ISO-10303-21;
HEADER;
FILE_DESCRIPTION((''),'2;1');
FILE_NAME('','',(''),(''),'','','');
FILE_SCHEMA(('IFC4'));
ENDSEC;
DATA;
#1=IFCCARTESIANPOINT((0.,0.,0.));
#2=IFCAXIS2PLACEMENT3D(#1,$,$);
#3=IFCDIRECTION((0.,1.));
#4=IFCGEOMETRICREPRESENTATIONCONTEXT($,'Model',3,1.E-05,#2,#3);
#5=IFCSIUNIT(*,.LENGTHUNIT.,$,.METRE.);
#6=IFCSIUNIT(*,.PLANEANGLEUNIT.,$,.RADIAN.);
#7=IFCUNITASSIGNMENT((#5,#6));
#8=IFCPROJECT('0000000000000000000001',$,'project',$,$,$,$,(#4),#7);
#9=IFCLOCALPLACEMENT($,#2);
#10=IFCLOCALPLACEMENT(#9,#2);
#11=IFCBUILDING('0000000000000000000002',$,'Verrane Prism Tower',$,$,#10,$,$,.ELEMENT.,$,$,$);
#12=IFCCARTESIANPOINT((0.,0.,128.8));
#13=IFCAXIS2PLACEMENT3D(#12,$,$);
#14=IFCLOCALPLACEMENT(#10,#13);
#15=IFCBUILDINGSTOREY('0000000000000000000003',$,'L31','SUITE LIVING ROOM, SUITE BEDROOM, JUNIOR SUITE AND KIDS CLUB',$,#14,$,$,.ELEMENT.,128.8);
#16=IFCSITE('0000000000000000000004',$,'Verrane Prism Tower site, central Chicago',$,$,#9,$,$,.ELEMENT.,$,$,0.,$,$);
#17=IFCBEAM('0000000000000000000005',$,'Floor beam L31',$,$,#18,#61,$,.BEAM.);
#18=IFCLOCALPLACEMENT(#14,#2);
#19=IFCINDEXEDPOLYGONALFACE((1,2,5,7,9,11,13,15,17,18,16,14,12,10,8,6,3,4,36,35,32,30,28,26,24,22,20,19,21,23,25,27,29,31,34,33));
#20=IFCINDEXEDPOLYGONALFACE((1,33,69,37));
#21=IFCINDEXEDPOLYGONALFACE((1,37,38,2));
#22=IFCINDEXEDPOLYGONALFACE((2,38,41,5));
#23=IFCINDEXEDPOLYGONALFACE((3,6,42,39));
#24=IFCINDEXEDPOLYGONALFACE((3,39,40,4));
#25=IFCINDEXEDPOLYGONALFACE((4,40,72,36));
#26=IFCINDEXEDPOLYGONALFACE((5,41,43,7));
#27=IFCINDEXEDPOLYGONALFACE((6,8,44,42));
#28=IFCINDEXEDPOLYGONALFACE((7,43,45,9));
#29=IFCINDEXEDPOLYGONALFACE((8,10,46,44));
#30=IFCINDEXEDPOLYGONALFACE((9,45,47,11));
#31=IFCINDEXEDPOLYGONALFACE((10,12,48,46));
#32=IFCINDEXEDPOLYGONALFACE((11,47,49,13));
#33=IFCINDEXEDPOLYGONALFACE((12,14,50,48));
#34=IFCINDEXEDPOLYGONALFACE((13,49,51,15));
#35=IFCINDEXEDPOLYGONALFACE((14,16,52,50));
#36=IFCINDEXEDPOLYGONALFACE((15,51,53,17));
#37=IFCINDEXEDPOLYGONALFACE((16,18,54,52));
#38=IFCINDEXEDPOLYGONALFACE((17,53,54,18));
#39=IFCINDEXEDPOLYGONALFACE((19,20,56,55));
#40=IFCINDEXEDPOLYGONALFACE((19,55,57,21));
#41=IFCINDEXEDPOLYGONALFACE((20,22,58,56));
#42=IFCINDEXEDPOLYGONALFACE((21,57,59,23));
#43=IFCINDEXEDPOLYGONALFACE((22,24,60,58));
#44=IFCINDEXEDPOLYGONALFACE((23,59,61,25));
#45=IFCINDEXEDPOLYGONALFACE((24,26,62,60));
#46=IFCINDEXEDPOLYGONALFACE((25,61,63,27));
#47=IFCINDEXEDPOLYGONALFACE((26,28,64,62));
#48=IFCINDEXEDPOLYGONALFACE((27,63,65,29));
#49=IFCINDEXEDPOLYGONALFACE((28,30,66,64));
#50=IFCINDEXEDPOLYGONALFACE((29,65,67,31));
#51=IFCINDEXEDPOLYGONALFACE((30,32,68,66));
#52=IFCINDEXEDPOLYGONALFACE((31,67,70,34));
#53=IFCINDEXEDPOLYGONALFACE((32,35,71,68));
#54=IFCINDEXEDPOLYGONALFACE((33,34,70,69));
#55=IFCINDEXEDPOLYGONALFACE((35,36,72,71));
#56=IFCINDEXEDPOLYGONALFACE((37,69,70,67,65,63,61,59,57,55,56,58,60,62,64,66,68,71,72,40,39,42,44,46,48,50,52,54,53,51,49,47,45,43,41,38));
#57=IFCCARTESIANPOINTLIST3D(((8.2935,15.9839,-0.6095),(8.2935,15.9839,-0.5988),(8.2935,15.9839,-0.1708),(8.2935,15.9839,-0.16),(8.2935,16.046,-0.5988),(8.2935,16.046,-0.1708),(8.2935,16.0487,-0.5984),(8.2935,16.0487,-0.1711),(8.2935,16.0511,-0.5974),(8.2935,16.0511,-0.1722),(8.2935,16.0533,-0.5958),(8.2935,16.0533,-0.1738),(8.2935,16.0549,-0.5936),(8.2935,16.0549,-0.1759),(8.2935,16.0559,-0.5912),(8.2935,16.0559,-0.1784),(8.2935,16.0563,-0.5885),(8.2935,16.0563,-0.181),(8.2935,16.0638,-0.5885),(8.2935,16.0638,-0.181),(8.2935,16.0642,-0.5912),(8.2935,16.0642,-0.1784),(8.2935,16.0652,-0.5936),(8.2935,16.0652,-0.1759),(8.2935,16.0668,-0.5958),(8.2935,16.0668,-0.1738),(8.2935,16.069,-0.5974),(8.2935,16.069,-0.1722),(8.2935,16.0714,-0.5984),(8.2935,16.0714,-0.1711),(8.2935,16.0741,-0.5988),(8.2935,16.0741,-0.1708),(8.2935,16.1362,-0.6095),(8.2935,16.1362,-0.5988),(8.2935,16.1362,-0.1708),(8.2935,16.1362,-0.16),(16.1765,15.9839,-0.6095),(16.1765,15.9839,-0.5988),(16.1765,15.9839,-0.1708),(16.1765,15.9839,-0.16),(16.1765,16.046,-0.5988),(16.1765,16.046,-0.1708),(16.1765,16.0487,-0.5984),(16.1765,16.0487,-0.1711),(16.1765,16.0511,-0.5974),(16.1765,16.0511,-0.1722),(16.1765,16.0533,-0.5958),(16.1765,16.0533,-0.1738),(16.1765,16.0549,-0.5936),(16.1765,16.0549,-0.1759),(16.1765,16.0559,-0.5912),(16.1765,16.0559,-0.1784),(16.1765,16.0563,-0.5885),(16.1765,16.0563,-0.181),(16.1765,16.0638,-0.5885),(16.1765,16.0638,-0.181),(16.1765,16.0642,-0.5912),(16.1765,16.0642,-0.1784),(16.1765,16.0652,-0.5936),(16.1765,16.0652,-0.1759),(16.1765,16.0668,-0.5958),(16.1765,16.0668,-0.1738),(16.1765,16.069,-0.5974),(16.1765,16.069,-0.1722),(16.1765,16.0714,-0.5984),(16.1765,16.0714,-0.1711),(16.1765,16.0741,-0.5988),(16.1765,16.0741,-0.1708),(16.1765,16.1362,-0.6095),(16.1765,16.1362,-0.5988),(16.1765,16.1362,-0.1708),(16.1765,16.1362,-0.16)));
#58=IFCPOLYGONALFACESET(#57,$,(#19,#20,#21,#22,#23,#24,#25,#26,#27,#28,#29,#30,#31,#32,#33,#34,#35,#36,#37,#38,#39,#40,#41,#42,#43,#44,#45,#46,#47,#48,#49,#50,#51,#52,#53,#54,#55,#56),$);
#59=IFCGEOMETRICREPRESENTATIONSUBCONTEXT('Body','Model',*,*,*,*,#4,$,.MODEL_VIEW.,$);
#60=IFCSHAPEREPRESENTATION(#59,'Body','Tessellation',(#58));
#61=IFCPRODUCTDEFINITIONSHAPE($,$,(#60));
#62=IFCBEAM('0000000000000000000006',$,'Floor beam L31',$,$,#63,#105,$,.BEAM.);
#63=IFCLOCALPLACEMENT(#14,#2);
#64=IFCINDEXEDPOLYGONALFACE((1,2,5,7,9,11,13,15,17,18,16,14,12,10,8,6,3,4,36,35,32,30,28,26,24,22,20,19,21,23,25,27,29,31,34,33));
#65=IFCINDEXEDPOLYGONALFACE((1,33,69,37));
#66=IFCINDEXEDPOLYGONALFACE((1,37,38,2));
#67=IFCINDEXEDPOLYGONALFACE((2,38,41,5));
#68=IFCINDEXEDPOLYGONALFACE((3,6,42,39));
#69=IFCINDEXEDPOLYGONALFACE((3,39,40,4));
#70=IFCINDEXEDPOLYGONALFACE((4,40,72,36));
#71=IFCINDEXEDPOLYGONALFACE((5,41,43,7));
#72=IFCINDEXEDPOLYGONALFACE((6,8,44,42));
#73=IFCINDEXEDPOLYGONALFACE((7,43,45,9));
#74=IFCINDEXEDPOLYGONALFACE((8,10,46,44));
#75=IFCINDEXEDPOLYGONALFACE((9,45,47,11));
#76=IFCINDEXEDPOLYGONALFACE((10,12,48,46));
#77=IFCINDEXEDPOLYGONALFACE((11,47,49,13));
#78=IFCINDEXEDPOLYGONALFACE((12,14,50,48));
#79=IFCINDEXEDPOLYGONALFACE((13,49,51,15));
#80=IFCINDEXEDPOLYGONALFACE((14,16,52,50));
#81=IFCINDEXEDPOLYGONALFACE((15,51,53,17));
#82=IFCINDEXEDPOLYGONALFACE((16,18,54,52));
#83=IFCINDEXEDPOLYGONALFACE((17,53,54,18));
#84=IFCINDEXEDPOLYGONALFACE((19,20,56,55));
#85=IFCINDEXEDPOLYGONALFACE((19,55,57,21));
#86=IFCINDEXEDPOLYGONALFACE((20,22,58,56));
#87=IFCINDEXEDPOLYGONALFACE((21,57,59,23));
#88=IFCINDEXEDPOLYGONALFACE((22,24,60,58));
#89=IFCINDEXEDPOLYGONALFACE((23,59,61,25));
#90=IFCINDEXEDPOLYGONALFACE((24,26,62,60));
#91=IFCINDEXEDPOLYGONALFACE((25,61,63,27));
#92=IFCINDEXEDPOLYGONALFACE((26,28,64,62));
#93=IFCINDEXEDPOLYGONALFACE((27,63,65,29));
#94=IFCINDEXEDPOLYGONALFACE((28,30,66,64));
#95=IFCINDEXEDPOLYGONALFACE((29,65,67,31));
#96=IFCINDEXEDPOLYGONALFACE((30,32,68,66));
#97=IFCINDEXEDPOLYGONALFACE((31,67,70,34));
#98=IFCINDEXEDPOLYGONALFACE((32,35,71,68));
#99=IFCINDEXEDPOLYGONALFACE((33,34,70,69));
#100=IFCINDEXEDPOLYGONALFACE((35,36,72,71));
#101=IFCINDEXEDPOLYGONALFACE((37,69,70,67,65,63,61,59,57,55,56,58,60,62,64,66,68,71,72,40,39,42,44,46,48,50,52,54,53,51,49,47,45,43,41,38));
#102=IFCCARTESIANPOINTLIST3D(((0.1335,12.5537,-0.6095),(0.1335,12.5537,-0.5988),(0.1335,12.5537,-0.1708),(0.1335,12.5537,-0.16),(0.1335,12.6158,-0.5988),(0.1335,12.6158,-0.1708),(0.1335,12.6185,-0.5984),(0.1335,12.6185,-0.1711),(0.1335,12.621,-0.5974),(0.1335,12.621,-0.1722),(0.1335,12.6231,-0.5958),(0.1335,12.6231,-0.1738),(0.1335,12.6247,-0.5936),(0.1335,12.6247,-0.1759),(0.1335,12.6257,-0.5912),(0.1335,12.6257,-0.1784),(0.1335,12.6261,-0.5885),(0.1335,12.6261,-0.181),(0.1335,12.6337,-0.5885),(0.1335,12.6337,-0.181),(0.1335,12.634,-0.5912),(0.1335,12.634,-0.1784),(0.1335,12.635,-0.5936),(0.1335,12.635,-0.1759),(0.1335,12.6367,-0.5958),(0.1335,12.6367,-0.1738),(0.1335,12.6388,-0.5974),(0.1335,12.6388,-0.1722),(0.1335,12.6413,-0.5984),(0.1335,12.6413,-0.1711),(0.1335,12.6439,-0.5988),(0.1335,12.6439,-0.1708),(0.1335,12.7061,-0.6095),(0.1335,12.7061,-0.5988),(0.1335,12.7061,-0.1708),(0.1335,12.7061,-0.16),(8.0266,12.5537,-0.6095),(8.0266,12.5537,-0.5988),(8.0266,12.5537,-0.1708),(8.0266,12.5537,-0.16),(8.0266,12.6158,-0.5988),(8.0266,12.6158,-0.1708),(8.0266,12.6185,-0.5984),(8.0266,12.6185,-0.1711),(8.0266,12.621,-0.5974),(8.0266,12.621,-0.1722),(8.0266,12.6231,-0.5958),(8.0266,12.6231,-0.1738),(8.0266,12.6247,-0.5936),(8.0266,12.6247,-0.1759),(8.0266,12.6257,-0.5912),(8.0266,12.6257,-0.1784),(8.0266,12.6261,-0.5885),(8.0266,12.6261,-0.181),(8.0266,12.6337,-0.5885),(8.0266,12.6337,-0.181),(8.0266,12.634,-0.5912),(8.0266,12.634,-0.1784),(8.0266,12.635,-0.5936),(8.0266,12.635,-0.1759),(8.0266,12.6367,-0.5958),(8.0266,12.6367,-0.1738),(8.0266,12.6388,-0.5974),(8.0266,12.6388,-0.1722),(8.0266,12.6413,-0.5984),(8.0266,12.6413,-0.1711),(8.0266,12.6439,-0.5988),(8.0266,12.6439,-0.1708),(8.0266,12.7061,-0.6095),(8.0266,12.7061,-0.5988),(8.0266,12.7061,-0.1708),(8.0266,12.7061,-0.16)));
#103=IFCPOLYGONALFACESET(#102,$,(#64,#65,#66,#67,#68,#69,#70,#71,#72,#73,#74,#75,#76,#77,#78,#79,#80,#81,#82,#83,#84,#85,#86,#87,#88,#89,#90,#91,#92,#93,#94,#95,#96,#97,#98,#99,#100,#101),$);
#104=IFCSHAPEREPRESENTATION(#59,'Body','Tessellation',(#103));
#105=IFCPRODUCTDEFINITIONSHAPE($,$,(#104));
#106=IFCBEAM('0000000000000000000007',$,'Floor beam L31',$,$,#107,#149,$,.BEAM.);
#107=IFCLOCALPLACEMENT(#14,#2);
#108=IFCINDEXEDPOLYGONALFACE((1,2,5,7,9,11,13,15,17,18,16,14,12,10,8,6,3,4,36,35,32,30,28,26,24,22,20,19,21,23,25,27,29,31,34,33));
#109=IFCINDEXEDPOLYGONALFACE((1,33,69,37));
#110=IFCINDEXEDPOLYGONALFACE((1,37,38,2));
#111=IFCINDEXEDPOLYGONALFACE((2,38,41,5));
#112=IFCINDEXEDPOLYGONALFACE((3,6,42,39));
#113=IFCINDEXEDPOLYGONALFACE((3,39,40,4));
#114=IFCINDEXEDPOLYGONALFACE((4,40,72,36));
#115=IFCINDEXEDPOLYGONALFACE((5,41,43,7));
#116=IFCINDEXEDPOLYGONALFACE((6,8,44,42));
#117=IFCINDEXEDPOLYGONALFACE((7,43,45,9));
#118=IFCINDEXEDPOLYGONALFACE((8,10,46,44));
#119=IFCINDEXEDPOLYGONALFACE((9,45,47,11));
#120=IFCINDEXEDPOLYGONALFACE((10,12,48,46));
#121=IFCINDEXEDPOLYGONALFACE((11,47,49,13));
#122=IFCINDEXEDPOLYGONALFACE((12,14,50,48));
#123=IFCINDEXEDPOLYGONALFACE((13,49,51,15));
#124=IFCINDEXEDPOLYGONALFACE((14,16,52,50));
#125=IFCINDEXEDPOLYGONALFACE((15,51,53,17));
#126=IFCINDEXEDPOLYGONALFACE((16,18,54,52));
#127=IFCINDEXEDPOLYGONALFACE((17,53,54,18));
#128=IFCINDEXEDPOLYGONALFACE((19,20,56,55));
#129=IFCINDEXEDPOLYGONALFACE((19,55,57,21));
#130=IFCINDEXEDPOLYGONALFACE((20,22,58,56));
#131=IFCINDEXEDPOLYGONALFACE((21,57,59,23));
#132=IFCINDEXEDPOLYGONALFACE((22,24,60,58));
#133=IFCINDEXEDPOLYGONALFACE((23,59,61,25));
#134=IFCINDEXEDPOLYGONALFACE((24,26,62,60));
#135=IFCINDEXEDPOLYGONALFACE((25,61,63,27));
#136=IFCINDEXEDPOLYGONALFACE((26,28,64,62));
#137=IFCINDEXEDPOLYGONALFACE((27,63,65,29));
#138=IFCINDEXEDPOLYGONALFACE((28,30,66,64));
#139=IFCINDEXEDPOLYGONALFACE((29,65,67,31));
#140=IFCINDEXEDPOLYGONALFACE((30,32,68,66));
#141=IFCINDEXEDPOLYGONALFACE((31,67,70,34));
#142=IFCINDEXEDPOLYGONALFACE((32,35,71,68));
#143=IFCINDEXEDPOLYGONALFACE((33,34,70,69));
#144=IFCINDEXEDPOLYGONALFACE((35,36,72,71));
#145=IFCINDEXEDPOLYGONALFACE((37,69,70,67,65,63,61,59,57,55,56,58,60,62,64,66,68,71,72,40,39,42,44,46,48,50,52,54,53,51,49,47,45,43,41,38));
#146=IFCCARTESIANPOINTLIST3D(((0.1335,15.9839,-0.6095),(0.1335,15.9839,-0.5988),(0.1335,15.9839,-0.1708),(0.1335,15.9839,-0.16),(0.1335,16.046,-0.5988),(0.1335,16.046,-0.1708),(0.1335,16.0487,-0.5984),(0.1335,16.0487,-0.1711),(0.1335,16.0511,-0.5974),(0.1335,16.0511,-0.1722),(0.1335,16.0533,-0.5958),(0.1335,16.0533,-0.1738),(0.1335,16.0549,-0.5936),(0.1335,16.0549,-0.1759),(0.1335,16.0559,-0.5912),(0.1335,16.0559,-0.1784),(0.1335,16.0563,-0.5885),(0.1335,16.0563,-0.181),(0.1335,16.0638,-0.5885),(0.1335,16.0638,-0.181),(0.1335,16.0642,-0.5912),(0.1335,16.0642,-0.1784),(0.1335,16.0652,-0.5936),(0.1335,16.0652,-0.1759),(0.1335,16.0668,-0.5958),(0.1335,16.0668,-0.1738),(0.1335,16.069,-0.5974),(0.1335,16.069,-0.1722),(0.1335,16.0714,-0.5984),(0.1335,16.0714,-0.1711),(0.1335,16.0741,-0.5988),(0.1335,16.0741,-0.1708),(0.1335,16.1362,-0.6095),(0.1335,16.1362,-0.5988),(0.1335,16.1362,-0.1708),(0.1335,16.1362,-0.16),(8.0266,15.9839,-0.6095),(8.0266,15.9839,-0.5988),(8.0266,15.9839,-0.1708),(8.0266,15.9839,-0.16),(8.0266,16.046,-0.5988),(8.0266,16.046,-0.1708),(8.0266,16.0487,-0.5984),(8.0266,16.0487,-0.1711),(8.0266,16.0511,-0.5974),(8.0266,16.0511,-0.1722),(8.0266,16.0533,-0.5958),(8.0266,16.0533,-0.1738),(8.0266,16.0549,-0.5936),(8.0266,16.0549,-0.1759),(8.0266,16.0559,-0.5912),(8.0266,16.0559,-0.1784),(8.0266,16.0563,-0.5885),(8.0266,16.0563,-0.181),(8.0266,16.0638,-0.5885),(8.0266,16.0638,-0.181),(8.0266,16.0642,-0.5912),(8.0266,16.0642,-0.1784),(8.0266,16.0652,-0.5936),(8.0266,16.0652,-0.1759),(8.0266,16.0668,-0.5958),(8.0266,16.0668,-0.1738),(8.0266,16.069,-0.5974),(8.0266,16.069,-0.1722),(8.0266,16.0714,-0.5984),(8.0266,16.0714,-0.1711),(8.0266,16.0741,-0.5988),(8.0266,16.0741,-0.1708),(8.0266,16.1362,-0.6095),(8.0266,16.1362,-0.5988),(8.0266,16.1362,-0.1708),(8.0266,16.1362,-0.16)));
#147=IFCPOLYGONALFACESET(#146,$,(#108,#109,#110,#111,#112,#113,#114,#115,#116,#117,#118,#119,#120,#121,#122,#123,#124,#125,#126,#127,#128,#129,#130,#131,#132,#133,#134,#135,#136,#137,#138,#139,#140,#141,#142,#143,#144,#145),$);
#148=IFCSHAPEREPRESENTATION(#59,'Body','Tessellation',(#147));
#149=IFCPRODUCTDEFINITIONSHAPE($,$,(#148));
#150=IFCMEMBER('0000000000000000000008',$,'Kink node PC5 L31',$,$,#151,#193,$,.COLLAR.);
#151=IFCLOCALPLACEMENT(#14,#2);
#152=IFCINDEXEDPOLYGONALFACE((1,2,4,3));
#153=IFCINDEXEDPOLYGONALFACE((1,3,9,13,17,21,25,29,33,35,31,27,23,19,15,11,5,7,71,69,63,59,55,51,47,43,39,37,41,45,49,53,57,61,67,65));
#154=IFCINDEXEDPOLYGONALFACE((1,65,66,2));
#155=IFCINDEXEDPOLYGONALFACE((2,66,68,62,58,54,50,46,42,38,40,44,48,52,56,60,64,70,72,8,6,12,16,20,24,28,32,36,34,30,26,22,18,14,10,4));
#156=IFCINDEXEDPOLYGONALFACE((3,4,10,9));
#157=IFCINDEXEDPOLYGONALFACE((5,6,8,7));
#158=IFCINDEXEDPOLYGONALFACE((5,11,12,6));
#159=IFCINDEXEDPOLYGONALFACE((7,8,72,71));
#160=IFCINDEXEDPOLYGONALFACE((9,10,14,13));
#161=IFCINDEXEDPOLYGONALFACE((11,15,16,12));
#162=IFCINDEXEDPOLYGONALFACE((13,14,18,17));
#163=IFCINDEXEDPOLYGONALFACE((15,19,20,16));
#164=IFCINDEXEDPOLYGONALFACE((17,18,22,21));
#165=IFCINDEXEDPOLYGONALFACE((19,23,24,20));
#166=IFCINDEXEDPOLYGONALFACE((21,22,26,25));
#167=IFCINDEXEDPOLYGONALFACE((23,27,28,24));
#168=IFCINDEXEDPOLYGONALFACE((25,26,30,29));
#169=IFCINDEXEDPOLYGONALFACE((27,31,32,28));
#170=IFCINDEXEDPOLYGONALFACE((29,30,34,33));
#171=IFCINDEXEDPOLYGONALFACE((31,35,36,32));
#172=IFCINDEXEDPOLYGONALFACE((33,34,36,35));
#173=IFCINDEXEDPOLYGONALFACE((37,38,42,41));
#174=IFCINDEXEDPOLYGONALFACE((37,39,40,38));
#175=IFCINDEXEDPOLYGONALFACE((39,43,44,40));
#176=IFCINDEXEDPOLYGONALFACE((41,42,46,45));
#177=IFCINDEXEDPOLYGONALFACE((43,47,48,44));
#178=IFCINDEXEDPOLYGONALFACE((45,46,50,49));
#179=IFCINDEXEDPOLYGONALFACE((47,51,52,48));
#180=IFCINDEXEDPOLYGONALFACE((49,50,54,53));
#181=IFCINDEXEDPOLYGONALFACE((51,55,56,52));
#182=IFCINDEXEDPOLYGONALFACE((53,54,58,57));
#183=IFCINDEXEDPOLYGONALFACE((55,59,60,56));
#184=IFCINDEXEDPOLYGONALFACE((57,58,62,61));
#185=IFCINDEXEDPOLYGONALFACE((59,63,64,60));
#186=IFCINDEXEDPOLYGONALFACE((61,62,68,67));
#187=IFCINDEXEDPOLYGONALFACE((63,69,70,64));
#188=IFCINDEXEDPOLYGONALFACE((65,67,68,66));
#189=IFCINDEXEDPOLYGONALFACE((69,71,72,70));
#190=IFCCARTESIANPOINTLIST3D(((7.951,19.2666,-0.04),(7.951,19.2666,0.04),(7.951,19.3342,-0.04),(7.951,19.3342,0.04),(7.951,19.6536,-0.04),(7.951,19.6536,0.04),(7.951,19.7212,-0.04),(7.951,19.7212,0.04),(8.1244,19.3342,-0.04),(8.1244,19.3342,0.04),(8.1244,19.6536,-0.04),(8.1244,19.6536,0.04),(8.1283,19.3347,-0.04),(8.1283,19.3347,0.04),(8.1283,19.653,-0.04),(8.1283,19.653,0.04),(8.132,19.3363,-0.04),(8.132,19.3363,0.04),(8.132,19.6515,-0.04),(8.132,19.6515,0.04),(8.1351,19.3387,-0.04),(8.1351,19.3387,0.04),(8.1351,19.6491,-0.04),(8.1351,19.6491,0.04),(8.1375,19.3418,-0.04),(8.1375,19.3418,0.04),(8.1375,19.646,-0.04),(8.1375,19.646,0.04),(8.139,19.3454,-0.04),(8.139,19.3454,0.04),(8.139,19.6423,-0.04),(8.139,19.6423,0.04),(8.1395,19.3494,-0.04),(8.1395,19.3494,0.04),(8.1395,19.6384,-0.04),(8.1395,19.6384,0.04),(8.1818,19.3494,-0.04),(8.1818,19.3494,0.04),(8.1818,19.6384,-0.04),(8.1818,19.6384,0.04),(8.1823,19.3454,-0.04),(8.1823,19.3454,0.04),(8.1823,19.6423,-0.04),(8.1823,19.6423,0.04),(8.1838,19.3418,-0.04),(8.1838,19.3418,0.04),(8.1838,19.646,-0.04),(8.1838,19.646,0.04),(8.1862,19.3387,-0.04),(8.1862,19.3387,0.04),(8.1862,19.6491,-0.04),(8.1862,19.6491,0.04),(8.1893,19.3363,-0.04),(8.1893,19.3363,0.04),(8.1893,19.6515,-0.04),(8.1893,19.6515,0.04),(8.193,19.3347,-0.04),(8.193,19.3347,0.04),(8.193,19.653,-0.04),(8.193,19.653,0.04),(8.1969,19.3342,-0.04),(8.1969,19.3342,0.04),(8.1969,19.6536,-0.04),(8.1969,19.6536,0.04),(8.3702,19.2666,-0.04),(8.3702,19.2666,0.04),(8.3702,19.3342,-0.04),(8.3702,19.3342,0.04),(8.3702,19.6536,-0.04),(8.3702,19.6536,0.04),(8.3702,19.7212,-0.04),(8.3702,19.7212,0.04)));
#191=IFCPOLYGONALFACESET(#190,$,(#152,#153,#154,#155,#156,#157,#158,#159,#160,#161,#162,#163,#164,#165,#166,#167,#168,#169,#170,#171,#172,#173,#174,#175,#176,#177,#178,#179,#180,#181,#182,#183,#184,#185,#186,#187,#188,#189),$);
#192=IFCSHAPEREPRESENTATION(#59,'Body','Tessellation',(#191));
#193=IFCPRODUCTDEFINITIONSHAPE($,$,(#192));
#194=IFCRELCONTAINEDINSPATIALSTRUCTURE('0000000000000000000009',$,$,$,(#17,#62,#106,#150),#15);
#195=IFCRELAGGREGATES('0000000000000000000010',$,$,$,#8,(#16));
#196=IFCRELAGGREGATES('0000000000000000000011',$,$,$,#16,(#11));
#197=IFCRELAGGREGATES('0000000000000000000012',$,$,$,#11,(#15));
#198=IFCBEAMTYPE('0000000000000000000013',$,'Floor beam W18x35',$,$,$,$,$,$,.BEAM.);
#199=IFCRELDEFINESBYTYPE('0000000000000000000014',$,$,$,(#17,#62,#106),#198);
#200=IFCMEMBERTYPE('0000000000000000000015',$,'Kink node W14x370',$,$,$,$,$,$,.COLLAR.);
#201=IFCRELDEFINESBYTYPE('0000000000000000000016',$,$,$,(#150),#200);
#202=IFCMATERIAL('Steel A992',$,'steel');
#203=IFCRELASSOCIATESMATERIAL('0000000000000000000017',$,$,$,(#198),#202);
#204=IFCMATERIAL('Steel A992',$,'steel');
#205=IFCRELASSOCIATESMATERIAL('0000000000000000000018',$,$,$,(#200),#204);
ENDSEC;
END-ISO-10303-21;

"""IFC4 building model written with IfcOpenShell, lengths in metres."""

from ifc_helpers import new_model, si_unit, direction, frame, origin, origin_2d, place, context, subcontext, project, spatial, i_section, extrude, material, material_profile, profile_set, type_object, element, save


model = new_model("IFC4")

# Units and contexts
model_context = context("Model", 3, precision=1e-05, world=origin(), true_north=direction((0.0, 1.0)))
body_context = subcontext(model_context, "Body", "Model", "MODEL_VIEW")
ifc_project = project(units=[si_unit("LENGTHUNIT", "METRE"), si_unit("PLANEANGLEUNIT", "RADIAN")], contexts=[model_context])

# Site, building, storey
site_placement = place(None, origin())
site = spatial("IfcSite", under=ifc_project, at=site_placement, Name="Verrane Prism Tower site, central Chicago", CompositionType="ELEMENT", RefElevation=0.0)
building_placement = place(site_placement, origin())
building = spatial("IfcBuilding", under=site, at=building_placement, Name="Verrane Prism Tower", CompositionType="ELEMENT")
storey_placement = place(building_placement, frame((0.0, 0.0, 128.8)))
storey = spatial("IfcBuildingStorey", under=building, at=storey_placement, Name="L31", Description="SUITE LIVING ROOM, SUITE BEDROOM, JUNIOR SUITE AND KIDS CLUB", CompositionType="ELEMENT", Elevation=128.8)

# Beams
ifc_material_1 = material(Name="Steel A992", Category="steel")
ifc_material_profile_1 = material_profile(ifc_material_1, i_section(OverallWidth=0.1523, OverallDepth=0.4495, WebThickness=0.0076, FlangeThickness=0.0107, FilletRadius=0.0103, at=origin_2d()), Name="W18x35")
ifc_profile_set_1 = profile_set([ifc_material_profile_1], Name="Steel A992")
beam_type_1 = type_object("IfcBeamType", Name="Floor beam W18x35", PredefinedType="BEAM", material=ifc_profile_set_1)
for number, where, z_axis, x_axis, name in (
    (1, (8.2935, 16.0601, -0.3848), (1.0, 0.0, 0.0), (0.0, 1.0, 0.0), "Floor beam L31"),
):
    element("IfcBeam", number, at=place(storey_placement, frame(where, z_axis=z_axis, x_axis=x_axis)), inside=storey, type_object=beam_type_1, Name=name, PredefinedType="BEAM", context=body_context, shape_type="SweptSolid", body=[
        extrude(i_section(OverallWidth=0.1523, OverallDepth=0.4495, WebThickness=0.0076, FlangeThickness=0.0107, FilletRadius=0.0103, at=origin_2d()), origin(), (0.0, 0.0, 1.0), 7.8831),
    ])
for number, where, z_axis, x_axis, name in (
    (2, (0.1335, 12.6299, -0.3848), (1.0, 0.0, 0.0), (0.0, 1.0, 0.0), "Floor beam L31"),
    (3, (0.1335, 16.0601, -0.3848), (1.0, 0.0, 0.0), (0.0, 1.0, 0.0), "Floor beam L31"),
):
    element("IfcBeam", number, at=place(storey_placement, frame(where, z_axis=z_axis, x_axis=x_axis)), inside=storey, type_object=beam_type_1, Name=name, PredefinedType="BEAM", context=body_context, shape_type="SweptSolid", body=[
        extrude(i_section(OverallWidth=0.1523, OverallDepth=0.4495, WebThickness=0.0076, FlangeThickness=0.0107, FilletRadius=0.0103, at=origin_2d()), origin(), (0.0, 0.0, 1.0), 7.8931),
    ])

# Member
ifc_material_2 = material(Name="Steel A992", Category="steel")
ifc_material_profile_2 = material_profile(ifc_material_2, i_section(OverallWidth=0.4192, OverallDepth=0.4546, WebThickness=0.0422, FlangeThickness=0.0676, FilletRadius=0.0151, at=origin_2d()), Name="W14x370")
ifc_profile_set_2 = profile_set([ifc_material_profile_2], Name="Steel A992")
member_type_1 = type_object("IfcMemberType", Name="Kink node W14x370", PredefinedType="COLLAR", material=ifc_profile_set_2)
member_1_placement = place(storey_placement, frame((8.1606, 19.4939, -0.04), z_axis=(0.0, 0.0, 1.0), x_axis=(1.0, 0.0, 0.0)))
element("IfcMember", 4, at=member_1_placement, inside=storey, type_object=member_type_1, Name="Kink node PC5 L31", PredefinedType="COLLAR", context=body_context, shape_type="SweptSolid", body=[
    extrude(i_section(OverallWidth=0.4192, OverallDepth=0.4546, WebThickness=0.0422, FlangeThickness=0.0676, FilletRadius=0.0151, at=origin_2d()), origin(), (0.0, 0.0, 1.0), 0.0801),
])

save(model, "model.ifc")
